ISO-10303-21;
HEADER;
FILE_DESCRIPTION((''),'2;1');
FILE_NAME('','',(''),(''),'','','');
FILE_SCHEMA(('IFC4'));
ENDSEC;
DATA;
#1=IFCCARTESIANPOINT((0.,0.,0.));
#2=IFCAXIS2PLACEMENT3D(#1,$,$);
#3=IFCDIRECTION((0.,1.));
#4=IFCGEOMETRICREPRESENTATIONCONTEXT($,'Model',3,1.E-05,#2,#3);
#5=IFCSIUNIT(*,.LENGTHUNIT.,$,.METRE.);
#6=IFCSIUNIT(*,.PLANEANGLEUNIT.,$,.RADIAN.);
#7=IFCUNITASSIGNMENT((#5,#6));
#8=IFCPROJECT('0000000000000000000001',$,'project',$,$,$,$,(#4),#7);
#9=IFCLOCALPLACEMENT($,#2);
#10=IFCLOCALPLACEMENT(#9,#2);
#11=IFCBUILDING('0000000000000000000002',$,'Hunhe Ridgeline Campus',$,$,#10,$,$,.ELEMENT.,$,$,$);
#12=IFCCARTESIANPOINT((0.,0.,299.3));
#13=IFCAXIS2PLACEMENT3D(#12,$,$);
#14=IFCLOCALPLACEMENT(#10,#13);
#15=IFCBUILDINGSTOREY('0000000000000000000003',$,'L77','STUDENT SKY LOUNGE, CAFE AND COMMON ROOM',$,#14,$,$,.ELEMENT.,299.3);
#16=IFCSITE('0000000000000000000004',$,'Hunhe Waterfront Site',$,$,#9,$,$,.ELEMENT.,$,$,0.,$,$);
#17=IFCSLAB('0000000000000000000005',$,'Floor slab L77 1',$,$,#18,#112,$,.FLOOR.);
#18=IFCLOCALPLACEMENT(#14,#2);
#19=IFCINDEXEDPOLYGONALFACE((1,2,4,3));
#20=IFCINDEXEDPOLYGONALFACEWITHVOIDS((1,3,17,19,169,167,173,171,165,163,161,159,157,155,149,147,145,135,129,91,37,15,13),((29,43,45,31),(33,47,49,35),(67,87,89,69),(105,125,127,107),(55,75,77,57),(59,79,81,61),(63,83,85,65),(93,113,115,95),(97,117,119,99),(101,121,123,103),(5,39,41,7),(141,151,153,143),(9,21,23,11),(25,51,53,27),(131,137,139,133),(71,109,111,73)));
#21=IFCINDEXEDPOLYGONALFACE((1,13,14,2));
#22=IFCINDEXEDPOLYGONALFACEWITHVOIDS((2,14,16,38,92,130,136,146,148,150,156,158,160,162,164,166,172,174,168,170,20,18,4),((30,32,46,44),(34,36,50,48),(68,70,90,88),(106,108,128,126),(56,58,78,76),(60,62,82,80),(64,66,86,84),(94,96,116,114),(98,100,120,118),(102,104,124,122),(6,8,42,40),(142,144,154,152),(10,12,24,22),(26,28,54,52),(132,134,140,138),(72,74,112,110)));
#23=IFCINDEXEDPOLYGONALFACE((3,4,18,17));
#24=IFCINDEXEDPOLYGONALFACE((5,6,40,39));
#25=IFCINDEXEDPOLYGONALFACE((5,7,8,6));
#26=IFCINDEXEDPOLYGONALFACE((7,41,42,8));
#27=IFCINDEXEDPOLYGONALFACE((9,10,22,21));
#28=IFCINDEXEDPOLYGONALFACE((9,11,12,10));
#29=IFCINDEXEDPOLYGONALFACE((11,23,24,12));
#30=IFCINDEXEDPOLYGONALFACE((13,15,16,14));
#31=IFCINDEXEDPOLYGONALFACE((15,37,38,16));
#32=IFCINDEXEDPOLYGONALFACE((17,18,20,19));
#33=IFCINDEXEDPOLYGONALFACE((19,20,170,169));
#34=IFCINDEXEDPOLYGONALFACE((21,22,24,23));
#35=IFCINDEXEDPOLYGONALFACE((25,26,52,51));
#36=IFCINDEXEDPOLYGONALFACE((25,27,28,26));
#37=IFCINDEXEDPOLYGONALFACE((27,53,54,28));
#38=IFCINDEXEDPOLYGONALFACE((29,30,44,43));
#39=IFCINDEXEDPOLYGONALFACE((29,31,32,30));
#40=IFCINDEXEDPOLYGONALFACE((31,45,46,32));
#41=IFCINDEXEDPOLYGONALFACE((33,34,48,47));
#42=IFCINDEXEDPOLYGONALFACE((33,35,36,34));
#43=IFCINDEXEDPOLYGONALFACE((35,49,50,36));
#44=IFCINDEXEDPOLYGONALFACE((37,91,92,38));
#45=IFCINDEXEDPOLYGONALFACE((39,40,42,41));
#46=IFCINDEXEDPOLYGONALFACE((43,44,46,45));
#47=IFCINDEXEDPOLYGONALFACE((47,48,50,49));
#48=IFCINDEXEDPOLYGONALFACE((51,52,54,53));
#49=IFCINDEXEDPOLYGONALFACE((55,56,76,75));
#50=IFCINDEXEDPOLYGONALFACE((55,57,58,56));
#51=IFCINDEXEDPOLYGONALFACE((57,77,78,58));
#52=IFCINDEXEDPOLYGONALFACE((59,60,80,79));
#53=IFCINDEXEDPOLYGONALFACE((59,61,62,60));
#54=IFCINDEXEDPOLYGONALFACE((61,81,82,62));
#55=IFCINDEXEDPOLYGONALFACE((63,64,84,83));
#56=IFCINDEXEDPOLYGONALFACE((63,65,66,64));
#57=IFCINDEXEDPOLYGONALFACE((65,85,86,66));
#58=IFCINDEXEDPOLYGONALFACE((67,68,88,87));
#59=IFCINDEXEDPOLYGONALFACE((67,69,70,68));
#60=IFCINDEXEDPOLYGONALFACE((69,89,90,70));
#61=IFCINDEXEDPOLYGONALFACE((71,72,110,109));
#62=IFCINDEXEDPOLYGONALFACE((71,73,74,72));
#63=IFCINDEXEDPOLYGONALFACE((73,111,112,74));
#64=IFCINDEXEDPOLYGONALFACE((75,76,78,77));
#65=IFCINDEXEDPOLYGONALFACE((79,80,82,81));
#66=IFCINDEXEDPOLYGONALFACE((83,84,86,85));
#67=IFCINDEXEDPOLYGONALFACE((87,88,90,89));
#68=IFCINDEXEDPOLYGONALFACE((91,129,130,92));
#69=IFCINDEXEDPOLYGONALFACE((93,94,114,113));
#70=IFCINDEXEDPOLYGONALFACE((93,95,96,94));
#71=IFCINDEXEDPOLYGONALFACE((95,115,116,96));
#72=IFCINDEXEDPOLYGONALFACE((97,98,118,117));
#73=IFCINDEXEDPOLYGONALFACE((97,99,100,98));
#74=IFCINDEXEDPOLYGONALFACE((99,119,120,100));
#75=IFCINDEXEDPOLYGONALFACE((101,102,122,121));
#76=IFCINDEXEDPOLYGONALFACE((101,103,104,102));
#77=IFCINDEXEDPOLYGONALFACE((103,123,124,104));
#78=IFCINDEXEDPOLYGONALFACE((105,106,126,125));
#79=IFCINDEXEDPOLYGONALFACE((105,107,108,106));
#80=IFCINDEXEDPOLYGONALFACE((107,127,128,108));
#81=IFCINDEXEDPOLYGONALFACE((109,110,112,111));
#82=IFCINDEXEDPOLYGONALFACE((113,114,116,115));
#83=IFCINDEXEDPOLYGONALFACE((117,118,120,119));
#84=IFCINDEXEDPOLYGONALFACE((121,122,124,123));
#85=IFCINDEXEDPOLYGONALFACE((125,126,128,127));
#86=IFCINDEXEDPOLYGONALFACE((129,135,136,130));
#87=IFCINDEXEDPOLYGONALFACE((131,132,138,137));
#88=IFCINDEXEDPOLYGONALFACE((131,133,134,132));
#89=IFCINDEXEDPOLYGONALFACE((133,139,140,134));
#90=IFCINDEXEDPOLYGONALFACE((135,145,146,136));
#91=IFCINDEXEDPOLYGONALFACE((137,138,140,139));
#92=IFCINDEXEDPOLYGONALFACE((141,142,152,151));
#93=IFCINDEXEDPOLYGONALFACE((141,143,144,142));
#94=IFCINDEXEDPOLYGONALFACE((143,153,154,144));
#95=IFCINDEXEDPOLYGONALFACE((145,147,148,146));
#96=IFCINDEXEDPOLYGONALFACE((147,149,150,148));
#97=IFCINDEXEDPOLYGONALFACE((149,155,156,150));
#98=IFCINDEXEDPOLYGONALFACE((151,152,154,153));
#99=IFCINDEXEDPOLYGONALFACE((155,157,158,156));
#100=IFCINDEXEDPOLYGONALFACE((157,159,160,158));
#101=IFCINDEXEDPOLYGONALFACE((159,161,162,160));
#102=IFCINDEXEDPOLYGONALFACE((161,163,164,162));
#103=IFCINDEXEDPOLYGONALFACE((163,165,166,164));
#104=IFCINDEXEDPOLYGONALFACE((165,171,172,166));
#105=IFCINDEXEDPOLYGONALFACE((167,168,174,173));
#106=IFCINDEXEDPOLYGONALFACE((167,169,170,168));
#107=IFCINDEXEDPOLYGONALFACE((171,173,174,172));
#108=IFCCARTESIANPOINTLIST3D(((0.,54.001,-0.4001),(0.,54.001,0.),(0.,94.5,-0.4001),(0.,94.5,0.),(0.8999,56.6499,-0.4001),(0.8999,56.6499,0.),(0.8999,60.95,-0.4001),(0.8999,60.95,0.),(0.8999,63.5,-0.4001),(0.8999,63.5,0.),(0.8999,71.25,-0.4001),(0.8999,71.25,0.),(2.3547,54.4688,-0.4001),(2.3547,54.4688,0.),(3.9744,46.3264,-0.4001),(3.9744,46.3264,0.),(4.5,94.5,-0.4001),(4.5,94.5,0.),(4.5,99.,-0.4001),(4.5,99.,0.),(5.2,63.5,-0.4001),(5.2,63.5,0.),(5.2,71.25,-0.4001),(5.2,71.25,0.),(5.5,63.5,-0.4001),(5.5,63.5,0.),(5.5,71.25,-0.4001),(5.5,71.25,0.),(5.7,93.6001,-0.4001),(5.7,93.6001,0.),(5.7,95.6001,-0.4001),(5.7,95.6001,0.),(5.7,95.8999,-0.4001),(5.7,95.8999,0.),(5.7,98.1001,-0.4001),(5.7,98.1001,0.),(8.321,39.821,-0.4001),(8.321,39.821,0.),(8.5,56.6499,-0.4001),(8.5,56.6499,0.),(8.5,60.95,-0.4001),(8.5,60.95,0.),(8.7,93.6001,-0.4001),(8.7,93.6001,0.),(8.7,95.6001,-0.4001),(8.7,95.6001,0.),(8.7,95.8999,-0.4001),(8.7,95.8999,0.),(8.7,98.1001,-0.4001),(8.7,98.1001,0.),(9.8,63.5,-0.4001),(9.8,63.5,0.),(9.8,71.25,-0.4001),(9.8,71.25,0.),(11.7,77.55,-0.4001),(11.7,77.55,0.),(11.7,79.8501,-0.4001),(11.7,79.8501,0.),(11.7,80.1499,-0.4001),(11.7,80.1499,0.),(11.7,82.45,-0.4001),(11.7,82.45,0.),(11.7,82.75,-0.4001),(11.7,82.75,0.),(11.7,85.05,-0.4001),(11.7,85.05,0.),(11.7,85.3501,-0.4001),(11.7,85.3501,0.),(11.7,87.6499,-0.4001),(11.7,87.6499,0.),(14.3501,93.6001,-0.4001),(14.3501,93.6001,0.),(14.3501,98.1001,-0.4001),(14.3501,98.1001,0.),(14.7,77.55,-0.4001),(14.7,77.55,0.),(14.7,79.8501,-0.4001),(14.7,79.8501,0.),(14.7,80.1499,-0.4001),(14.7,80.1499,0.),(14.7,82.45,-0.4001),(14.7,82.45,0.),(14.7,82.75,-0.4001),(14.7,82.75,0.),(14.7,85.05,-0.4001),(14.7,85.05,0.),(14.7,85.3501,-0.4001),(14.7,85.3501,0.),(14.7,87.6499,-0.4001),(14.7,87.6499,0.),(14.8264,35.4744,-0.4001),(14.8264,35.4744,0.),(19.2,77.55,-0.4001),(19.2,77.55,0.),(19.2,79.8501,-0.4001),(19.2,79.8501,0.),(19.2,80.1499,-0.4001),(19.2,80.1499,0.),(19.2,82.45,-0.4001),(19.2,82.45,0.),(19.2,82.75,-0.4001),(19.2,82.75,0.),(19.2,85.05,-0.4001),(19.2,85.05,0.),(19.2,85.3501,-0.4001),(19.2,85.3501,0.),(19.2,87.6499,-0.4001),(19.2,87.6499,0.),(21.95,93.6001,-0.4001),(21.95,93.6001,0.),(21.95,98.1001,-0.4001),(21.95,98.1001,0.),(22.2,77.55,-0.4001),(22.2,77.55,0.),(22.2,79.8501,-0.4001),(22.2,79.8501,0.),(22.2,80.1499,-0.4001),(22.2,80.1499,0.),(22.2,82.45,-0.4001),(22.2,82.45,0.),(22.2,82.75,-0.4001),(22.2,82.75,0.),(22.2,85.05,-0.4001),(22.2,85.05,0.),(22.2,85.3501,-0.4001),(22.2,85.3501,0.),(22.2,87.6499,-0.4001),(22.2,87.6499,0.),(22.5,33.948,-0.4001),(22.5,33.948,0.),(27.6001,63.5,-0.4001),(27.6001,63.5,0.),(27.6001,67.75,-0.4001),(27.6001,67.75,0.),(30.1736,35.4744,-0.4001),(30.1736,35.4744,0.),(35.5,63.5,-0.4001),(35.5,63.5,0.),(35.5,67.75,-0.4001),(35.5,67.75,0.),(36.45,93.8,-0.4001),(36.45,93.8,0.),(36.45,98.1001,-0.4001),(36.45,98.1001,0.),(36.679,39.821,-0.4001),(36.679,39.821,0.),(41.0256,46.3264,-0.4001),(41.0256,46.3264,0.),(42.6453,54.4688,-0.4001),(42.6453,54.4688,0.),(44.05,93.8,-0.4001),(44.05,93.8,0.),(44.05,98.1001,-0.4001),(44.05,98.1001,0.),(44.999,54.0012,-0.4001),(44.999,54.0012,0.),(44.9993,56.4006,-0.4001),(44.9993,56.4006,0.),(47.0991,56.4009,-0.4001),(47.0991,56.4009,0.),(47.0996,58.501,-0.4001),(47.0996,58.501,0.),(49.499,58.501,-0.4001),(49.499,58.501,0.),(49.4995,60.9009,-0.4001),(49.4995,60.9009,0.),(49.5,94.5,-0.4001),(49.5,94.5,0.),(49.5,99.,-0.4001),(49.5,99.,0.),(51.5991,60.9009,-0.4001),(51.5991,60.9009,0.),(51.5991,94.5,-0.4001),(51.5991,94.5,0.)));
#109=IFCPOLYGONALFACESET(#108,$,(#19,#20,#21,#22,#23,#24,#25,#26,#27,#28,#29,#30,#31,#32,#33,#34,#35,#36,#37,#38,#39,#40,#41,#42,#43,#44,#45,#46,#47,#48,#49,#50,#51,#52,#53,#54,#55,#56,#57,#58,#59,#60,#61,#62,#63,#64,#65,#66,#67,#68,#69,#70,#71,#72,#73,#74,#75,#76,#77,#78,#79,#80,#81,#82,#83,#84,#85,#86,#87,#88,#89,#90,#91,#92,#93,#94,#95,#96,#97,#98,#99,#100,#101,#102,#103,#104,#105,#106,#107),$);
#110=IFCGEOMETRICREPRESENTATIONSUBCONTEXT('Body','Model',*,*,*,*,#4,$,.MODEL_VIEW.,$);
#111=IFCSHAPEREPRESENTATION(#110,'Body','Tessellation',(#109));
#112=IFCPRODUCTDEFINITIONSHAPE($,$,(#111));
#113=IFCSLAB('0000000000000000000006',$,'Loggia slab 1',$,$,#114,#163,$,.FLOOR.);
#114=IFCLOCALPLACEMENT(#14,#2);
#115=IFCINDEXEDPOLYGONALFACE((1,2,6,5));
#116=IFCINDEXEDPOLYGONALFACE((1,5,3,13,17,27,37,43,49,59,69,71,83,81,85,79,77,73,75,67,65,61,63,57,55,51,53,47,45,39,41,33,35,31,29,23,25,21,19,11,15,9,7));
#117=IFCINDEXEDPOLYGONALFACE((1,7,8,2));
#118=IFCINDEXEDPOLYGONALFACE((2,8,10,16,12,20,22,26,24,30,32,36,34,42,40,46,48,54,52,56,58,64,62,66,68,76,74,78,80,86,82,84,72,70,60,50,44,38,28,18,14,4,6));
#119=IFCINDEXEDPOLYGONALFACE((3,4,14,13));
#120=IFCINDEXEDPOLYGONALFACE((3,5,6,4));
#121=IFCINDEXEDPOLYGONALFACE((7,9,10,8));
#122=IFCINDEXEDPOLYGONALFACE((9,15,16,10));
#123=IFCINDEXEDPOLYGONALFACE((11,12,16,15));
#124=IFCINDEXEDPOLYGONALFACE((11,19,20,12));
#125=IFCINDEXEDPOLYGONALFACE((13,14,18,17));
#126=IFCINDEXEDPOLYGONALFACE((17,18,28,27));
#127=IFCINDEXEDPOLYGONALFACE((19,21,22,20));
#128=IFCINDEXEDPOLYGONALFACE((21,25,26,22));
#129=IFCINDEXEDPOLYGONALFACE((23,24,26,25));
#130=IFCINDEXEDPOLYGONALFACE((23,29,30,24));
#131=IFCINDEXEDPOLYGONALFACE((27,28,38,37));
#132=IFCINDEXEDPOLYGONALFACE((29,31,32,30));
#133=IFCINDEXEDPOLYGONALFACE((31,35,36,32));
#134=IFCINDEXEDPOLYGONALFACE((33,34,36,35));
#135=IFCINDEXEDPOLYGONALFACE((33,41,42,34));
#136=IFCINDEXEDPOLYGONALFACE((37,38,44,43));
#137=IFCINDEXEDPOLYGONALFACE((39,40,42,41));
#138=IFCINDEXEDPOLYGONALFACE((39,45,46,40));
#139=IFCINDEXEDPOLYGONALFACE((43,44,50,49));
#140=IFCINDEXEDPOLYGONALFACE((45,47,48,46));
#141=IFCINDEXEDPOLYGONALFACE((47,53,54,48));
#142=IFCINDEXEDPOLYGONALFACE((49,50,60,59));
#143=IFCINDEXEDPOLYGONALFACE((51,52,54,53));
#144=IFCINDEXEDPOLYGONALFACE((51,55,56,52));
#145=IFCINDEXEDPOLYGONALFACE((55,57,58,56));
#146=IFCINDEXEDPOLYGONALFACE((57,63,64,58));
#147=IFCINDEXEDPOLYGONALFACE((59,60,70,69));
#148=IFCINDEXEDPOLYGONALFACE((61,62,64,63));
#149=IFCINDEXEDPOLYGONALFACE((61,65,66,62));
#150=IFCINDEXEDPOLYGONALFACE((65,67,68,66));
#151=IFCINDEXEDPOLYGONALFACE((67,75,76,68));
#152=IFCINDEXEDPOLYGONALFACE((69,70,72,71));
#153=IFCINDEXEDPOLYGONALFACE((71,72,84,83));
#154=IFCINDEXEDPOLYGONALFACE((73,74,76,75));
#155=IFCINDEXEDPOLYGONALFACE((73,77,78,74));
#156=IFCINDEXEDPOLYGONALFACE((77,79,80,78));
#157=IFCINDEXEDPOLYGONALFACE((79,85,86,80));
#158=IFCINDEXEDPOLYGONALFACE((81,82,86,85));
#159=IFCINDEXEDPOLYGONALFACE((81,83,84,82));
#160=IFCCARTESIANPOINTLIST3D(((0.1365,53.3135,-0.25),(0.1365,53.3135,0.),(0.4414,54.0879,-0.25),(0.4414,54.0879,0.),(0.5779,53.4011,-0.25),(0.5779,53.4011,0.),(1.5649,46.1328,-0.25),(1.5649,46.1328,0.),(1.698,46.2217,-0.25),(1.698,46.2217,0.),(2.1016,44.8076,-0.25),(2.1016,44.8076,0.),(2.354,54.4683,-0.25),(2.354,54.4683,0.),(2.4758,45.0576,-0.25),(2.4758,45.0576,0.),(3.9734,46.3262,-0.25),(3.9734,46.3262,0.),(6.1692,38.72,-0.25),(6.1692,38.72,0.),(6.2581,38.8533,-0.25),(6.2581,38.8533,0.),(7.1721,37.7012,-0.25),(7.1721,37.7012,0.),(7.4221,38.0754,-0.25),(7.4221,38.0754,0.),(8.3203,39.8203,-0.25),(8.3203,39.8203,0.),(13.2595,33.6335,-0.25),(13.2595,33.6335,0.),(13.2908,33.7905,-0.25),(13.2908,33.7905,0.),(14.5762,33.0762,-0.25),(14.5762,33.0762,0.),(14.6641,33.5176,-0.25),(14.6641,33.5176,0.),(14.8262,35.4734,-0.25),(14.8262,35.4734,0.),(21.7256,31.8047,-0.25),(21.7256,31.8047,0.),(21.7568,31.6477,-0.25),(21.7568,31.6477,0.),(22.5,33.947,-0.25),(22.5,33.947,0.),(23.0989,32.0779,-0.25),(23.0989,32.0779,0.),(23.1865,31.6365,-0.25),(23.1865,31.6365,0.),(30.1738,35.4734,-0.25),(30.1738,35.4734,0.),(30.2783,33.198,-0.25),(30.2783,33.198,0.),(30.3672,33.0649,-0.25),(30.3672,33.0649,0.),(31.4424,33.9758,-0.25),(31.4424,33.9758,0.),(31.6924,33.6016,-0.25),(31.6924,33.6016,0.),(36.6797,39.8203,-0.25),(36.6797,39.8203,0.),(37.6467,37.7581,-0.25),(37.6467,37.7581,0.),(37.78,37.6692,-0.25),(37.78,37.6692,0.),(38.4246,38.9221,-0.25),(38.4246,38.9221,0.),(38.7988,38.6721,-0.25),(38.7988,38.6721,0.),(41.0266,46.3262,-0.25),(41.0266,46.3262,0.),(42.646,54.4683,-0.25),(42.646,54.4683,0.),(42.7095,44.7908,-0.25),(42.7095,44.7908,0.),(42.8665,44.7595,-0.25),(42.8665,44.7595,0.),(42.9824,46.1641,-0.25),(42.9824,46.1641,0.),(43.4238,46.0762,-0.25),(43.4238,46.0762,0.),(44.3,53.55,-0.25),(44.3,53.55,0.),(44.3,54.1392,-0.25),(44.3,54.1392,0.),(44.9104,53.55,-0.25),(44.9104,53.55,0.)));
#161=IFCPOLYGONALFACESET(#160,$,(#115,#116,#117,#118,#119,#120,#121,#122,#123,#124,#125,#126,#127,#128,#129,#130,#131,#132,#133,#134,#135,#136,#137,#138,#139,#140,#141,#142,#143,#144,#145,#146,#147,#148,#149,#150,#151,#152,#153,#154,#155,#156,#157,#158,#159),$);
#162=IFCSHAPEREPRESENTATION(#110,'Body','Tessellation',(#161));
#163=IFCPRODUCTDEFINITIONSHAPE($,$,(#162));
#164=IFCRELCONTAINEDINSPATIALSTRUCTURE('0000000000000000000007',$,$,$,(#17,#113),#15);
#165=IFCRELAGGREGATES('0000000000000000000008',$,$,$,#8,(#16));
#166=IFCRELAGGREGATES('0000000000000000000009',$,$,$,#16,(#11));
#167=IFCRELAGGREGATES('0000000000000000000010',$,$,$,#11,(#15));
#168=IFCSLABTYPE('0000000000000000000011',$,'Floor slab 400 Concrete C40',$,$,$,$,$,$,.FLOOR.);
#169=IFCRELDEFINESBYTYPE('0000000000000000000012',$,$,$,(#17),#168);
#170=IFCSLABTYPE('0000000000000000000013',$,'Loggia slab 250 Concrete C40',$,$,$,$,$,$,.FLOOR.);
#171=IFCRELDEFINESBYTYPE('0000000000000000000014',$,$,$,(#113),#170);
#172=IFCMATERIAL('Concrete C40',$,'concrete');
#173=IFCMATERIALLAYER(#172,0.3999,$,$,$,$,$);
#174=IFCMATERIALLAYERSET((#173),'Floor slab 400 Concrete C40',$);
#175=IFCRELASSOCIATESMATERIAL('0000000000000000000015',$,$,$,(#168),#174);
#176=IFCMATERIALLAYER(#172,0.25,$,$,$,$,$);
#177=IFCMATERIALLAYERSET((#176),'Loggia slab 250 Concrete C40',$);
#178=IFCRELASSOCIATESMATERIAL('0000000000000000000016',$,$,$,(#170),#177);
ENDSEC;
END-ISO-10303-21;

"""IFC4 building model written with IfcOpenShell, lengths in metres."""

from ifc_helpers import new_model, si_unit, direction, frame, origin, place, context, subcontext, project, spatial, polyline, outline, extrude, material, layer, layer_set, type_object, element, save


model = new_model("IFC4")

# Units and contexts
model_context = context("Model", 3, precision=1e-05, world=origin(), true_north=direction((0.0, 1.0)))
body_context = subcontext(model_context, "Body", "Model", "MODEL_VIEW")
ifc_project = project(units=[si_unit("LENGTHUNIT", "METRE"), si_unit("PLANEANGLEUNIT", "RADIAN")], contexts=[model_context])

# Site, building, storey
site_placement = place(None, origin())
site = spatial("IfcSite", under=ifc_project, at=site_placement, Name="Hunhe Waterfront Site", CompositionType="ELEMENT", RefElevation=0.0)
building_placement = place(site_placement, origin())
building = spatial("IfcBuilding", under=site, at=building_placement, Name="Hunhe Ridgeline Campus", CompositionType="ELEMENT")
storey_placement = place(building_placement, frame((0.0, 0.0, 299.3)))
storey = spatial("IfcBuildingStorey", under=building, at=storey_placement, Name="L77", Description="STUDENT SKY LOUNGE, CAFE AND COMMON ROOM", CompositionType="ELEMENT", Elevation=299.3)

# Slabs
ifc_material_1 = material(Name="Concrete C40", Category="concrete")
ifc_layer_1 = layer(ifc_material_1, 0.3999)
ifc_layer_set_1 = layer_set([ifc_layer_1], Name="Floor slab 400 Concrete C40")
slab_type_1 = type_object("IfcSlabType", Name="Floor slab 400 Concrete C40", PredefinedType="FLOOR", material=ifc_layer_set_1)
slab_1_placement = place(storey_placement, frame((0.0, 0.0, -0.4001)))
element("IfcSlab", 1, at=slab_1_placement, inside=storey, type_object=slab_type_1, Name="Floor slab L77 1", PredefinedType="FLOOR", context=body_context, shape_type="SweptSolid", body=[
    extrude(outline(polyline([(36.679, 39.821), (41.0256, 46.3264), (42.6453, 54.4688), (44.999, 54.0012), (44.9993, 56.4006), (47.0991, 56.4009), (47.0996, 58.501), (49.499, 58.501), (49.4995, 60.9009), (51.5991, 60.9009), (51.5991, 94.5), (49.5, 94.5), (49.5, 99.0), (4.5, 99.0), (4.5, 94.5), (0.0, 94.5), (0.0, 54.001), (2.3547, 54.4688), (3.9744, 46.3264), (8.321, 39.821), (14.8264, 35.4744), (22.5, 33.948), (30.1736, 35.4744), (36.679, 39.821)]), holes=[polyline([(44.05, 98.1001), (36.45, 98.1001), (36.45, 93.8), (44.05, 93.8), (44.05, 98.1001)]), polyline([(27.6001, 67.75), (27.6001, 63.5), (35.5, 63.5), (35.5, 67.75), (27.6001, 67.75)]), polyline([(22.2, 85.3501), (22.2, 87.6499), (19.2, 87.6499), (19.2, 85.3501), (22.2, 85.3501)]), polyline([(22.2, 85.05), (19.2, 85.05), (19.2, 82.75), (22.2, 82.75), (22.2, 85.05)]), polyline([(19.2, 82.45), (19.2, 80.1499), (22.2, 80.1499), (22.2, 82.45), (19.2, 82.45)]), polyline([(19.2, 77.55), (22.2, 77.55), (22.2, 79.8501), (19.2, 79.8501), (19.2, 77.55)]), polyline([(21.95, 98.1001), (14.3501, 98.1001), (14.3501, 93.6001), (21.95, 93.6001), (21.95, 98.1001)]), polyline([(14.7, 85.3501), (14.7, 87.6499), (11.7, 87.6499), (11.7, 85.3501), (14.7, 85.3501)]), polyline([(14.7, 85.05), (11.7, 85.05), (11.7, 82.75), (14.7, 82.75), (14.7, 85.05)]), polyline([(11.7, 82.45), (11.7, 80.1499), (14.7, 80.1499), (14.7, 82.45), (11.7, 82.45)]), polyline([(11.7, 77.55), (14.7, 77.55), (14.7, 79.8501), (11.7, 79.8501), (11.7, 77.55)]), polyline([(5.5, 63.5), (9.8, 63.5), (9.8, 71.25), (5.5, 71.25), (5.5, 63.5)]), polyline([(5.7, 98.1001), (5.7, 95.8999), (8.7, 95.8999), (8.7, 98.1001), (5.7, 98.1001)]), polyline([(5.7, 93.6001), (8.7, 93.6001), (8.7, 95.6001), (5.7, 95.6001), (5.7, 93.6001)]), polyline([(0.8999, 60.95), (0.8999, 56.6499), (8.5, 56.6499), (8.5, 60.95), (0.8999, 60.95)]), polyline([(5.2, 63.5), (5.2, 71.25), (0.8999, 71.25), (0.8999, 63.5), (5.2, 63.5)])]), origin(), (0.0, 0.0, 1.0), 0.4001),
])
ifc_layer_2 = layer(ifc_material_1, 0.25)
ifc_layer_set_2 = layer_set([ifc_layer_2], Name="Loggia slab 250 Concrete C40")
slab_type_2 = type_object("IfcSlabType", Name="Loggia slab 250 Concrete C40", PredefinedType="FLOOR", material=ifc_layer_set_2)
slab_2_placement = place(storey_placement, frame((0.0, 0.0, -0.25)))
element("IfcSlab", 2, at=slab_2_placement, inside=storey, type_object=slab_type_2, Name="Loggia slab 1", PredefinedType="FLOOR", context=body_context, shape_type="SweptSolid", body=[
    extrude(outline(polyline([(30.1738, 35.4734), (22.5, 33.947), (14.8262, 35.4734), (8.3203, 39.8203), (3.9734, 46.3262), (2.354, 54.4683), (0.4414, 54.0879), (0.5779, 53.4011), (0.1365, 53.3135), (1.5649, 46.1328), (1.698, 46.2217), (2.4758, 45.0576), (2.1016, 44.8076), (6.1692, 38.72), (6.2581, 38.8533), (7.4221, 38.0754), (7.1721, 37.7012), (13.2595, 33.6335), (13.2908, 33.7905), (14.6641, 33.5176), (14.5762, 33.0762), (21.7568, 31.6477), (21.7256, 31.8047), (23.0989, 32.0779), (23.1865, 31.6365), (30.3672, 33.0649), (30.2783, 33.198), (31.4424, 33.9758), (31.6924, 33.6016), (37.78, 37.6692), (37.6467, 37.7581), (38.4246, 38.9221), (38.7988, 38.6721), (42.8665, 44.7595), (42.7095, 44.7908), (42.9824, 46.1641), (43.4238, 46.0762), (44.9104, 53.55), (44.3, 53.55), (44.3, 54.1392), (42.646, 54.4683), (41.0266, 46.3262), (36.6797, 39.8203), (30.1738, 35.4734)])), origin(), (0.0, 0.0, 1.0), 0.25),
])

save(model, "model.ifc")
